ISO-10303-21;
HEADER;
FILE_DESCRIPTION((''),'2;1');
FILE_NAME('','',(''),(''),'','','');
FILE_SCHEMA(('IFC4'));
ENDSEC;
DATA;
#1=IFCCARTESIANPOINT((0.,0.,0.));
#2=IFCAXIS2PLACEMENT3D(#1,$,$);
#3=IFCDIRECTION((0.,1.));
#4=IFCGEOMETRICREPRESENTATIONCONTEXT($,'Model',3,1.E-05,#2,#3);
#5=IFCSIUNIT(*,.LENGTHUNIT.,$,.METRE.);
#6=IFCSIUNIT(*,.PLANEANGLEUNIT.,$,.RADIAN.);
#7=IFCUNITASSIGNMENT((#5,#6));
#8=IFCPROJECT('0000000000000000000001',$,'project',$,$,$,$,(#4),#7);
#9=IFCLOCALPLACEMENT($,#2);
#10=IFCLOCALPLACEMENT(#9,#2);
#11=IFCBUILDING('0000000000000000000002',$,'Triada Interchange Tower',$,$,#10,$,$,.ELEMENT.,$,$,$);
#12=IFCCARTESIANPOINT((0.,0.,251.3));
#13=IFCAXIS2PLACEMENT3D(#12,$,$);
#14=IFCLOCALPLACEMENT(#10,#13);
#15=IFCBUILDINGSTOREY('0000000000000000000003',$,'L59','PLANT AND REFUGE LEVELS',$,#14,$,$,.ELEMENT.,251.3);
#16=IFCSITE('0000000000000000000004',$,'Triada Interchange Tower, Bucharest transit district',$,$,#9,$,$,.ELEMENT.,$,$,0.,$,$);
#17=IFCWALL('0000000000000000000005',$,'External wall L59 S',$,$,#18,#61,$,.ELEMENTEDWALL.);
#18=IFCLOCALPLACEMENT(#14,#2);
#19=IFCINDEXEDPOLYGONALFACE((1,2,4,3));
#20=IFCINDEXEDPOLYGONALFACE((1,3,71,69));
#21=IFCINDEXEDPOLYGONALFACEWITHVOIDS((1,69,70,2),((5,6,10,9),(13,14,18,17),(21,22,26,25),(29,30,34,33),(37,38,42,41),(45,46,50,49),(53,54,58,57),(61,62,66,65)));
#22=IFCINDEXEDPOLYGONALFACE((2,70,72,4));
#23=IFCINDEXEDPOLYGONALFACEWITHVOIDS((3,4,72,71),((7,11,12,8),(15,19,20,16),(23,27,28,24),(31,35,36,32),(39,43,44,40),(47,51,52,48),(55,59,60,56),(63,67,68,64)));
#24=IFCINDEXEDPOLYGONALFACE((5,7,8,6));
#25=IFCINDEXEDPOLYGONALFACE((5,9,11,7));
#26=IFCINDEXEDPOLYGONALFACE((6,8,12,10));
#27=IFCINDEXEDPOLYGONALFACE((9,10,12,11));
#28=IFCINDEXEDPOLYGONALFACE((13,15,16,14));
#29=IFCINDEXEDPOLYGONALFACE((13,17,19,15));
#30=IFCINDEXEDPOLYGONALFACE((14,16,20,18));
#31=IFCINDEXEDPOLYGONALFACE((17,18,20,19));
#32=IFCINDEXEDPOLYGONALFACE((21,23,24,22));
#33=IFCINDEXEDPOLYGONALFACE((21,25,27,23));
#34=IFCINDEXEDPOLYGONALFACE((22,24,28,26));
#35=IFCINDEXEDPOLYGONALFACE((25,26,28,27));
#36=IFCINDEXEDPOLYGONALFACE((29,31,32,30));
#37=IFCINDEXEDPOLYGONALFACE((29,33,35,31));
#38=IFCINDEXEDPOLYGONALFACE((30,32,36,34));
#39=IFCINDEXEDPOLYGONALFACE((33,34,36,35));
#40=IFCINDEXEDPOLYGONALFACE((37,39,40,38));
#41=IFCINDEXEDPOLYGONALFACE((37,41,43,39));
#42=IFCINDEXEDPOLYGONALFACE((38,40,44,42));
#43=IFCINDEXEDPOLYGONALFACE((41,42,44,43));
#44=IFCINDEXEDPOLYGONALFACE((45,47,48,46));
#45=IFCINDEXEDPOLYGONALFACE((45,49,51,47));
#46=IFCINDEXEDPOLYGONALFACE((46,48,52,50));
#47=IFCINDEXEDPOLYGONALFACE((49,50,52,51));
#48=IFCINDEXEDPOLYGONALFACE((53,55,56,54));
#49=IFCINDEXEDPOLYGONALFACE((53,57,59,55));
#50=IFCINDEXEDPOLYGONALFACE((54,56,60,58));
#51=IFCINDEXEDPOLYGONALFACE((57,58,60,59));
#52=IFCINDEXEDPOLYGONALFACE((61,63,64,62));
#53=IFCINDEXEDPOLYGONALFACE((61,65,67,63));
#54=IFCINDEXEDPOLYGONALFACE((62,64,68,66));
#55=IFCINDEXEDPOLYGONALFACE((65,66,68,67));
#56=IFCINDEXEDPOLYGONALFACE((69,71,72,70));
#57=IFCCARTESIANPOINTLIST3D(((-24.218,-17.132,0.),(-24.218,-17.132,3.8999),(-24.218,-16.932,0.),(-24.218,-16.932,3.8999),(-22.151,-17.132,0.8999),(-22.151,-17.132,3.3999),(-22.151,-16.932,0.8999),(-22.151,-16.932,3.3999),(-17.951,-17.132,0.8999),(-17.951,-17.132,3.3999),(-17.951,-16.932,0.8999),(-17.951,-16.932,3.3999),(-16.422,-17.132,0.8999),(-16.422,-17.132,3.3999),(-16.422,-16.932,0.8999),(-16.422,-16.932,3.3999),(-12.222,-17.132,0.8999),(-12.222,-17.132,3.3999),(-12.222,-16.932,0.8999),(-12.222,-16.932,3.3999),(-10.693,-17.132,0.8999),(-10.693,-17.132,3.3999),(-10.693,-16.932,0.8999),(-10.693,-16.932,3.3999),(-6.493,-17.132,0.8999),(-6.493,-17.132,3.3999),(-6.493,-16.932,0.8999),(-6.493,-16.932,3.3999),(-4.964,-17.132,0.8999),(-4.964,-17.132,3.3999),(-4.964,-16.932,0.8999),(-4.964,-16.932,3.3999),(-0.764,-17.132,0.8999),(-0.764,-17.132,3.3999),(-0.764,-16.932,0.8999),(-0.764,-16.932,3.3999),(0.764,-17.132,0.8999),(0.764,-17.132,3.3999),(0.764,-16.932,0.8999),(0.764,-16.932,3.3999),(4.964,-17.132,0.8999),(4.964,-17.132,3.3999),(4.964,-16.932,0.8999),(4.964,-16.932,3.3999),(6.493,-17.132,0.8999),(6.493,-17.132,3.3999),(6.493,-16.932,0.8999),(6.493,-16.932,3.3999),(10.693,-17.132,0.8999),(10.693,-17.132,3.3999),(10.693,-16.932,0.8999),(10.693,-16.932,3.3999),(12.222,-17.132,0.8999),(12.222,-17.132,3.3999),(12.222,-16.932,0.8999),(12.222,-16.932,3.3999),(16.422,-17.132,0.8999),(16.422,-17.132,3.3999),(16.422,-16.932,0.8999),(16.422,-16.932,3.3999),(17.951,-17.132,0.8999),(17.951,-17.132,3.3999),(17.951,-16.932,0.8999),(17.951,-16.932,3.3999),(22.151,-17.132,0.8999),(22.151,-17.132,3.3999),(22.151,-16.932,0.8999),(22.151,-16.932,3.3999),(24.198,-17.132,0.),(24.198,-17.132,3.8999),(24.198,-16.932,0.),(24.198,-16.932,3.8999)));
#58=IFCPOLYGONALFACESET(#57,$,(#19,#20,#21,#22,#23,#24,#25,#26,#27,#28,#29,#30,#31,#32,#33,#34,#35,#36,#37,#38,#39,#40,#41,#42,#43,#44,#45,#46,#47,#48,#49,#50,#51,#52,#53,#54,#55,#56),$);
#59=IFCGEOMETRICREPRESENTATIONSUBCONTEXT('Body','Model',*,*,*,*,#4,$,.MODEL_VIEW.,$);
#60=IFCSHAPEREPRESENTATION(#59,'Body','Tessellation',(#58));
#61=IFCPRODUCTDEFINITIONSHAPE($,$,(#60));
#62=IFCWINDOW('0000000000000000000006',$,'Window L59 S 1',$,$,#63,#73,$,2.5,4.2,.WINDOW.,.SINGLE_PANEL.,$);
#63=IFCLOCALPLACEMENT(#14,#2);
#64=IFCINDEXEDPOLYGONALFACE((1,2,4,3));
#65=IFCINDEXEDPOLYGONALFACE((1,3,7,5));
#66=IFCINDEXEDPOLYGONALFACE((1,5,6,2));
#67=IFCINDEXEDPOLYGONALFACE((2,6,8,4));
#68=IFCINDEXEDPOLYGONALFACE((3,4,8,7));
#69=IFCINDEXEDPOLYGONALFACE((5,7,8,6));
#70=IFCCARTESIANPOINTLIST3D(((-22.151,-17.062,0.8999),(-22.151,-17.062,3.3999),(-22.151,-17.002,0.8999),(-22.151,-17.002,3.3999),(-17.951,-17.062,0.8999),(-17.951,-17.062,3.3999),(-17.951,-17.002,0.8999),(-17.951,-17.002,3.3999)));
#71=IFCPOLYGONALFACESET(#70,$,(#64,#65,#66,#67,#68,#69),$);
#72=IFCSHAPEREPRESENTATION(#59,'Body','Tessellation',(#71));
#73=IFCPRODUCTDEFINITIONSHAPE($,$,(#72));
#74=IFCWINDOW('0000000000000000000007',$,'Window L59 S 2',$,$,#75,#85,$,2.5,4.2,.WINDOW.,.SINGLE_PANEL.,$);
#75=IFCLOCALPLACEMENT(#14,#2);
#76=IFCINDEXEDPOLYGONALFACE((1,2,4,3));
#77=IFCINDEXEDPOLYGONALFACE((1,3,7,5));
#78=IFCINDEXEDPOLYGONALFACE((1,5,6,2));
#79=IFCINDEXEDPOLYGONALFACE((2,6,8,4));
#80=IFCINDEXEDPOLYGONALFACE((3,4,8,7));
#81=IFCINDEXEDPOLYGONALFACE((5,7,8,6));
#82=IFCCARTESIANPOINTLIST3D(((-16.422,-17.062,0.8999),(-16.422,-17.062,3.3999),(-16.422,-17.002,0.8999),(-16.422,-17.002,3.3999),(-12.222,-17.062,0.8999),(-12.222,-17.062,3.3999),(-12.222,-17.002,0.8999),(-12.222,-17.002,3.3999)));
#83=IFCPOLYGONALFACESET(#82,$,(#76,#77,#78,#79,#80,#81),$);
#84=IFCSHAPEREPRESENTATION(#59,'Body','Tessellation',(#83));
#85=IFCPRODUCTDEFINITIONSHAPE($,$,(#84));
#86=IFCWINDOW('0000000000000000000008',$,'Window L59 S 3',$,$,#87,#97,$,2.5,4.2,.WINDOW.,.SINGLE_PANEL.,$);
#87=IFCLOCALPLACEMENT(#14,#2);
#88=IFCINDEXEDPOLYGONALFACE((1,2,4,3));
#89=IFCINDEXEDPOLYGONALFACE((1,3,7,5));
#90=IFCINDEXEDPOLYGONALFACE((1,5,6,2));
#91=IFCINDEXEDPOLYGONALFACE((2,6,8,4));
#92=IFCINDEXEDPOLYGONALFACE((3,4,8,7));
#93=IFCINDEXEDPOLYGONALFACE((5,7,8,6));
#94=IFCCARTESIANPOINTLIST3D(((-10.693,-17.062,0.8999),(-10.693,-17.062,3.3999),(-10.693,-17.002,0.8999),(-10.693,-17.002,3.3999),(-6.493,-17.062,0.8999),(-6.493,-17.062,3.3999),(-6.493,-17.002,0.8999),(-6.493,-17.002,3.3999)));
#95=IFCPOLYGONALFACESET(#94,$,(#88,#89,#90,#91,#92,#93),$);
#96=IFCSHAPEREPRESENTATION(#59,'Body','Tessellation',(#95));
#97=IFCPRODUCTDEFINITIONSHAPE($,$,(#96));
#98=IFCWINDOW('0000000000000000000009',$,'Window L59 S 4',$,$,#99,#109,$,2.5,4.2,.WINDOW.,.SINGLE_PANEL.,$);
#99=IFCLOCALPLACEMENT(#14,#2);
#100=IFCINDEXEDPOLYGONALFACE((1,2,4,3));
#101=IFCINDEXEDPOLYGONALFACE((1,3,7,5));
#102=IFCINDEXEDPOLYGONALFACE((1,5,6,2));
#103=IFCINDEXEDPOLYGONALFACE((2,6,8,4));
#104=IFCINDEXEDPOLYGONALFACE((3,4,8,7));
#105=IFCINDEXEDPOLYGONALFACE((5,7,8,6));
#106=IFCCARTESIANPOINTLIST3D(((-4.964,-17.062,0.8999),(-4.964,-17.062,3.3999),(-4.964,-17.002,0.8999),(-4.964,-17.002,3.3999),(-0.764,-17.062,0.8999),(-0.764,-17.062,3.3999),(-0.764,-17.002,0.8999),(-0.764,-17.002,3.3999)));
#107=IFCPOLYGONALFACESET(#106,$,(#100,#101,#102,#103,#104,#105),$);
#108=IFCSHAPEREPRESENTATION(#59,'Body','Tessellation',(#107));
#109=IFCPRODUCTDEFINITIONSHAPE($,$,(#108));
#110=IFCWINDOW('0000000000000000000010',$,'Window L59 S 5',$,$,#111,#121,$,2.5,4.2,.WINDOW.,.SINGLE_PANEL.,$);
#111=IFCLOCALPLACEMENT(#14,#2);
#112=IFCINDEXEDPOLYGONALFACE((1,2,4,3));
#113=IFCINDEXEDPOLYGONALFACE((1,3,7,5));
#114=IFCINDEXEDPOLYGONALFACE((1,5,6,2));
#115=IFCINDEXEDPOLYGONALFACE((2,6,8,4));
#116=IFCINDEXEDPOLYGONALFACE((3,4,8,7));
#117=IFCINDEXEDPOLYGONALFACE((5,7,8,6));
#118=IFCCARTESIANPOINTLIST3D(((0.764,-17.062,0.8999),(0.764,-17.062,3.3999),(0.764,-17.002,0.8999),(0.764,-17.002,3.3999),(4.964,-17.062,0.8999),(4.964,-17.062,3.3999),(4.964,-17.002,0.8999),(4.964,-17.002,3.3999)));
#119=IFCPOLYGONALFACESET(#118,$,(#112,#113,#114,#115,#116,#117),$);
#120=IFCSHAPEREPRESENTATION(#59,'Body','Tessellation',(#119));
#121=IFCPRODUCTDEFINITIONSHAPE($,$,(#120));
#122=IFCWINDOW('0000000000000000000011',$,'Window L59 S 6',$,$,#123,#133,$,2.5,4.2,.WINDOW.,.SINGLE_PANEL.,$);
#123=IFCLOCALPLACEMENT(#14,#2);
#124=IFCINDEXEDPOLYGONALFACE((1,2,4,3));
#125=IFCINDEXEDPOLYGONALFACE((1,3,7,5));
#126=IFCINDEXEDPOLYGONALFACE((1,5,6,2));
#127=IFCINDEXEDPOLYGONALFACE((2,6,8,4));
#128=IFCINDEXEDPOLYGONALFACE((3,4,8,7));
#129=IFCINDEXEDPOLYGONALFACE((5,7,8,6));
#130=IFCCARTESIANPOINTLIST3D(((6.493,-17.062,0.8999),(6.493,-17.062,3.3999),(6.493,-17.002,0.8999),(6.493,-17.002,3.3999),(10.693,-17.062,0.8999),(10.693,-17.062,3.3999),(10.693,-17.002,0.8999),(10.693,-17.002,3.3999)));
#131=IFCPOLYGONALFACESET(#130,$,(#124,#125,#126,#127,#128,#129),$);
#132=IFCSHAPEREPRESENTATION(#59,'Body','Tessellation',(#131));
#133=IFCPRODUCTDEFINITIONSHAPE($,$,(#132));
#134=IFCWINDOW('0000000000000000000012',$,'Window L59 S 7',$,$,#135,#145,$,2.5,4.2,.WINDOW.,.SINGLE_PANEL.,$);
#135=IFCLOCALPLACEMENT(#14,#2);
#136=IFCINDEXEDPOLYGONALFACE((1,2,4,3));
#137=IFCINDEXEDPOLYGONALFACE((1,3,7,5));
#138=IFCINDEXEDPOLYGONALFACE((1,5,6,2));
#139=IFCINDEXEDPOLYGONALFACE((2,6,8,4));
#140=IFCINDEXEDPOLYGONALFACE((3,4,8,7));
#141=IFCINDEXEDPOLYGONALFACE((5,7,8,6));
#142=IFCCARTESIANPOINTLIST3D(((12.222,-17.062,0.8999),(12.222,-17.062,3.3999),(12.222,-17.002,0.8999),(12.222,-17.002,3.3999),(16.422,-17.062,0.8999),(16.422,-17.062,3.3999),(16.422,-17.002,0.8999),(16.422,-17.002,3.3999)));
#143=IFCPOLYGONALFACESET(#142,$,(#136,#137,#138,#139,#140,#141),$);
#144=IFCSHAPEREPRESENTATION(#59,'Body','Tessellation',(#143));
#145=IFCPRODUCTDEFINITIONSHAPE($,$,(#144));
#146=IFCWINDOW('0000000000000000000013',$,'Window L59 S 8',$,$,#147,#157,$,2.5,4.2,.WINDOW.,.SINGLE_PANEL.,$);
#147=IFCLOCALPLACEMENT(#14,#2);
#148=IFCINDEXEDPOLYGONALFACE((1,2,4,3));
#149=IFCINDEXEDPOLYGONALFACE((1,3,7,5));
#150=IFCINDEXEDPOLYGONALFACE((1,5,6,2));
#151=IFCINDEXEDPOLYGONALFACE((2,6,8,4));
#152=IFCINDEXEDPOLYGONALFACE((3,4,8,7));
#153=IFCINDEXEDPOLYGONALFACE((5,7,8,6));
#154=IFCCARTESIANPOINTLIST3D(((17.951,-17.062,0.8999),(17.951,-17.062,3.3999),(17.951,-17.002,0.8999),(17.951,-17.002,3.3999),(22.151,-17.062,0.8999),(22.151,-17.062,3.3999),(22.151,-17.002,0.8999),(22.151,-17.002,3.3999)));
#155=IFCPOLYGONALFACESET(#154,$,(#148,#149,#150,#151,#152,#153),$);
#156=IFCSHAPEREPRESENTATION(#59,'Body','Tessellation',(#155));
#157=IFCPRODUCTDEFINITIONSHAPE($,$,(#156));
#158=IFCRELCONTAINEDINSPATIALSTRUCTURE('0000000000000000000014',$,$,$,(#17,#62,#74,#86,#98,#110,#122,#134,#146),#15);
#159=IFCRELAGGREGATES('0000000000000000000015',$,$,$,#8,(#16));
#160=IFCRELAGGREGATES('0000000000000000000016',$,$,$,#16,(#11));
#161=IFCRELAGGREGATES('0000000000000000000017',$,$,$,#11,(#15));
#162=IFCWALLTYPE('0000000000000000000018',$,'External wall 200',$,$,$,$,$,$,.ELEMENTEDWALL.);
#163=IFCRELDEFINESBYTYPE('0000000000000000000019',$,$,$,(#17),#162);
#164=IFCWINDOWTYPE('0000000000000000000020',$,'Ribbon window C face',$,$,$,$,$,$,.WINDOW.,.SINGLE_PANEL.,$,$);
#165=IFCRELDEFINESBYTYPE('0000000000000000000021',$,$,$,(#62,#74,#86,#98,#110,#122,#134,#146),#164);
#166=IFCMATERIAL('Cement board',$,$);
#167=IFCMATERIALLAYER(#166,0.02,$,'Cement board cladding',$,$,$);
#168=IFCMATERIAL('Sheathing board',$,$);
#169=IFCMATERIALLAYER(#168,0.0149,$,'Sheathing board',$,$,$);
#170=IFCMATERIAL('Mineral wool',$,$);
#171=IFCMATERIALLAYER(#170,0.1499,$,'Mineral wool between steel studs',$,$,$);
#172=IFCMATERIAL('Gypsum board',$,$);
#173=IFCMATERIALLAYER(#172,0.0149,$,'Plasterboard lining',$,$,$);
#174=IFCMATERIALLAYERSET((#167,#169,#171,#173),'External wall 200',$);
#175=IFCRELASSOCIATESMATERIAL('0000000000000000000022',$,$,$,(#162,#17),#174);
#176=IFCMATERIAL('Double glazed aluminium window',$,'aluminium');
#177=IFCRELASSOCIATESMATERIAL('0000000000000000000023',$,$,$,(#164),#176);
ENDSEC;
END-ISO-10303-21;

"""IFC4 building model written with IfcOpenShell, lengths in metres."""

from ifc_helpers import new_model, si_unit, direction, frame, frame_2d, origin, place, context, subcontext, project, spatial, rectangle, extrude, material, layer, layer_set, layer_usage, type_object, element, fill, save


model = new_model("IFC4")

# Units and contexts
model_context = context("Model", 3, precision=1e-05, world=origin(), true_north=direction((0.0, 1.0)))
body_context = subcontext(model_context, "Body", "Model", "MODEL_VIEW")
ifc_project = project(units=[si_unit("LENGTHUNIT", "METRE"), si_unit("PLANEANGLEUNIT", "RADIAN")], contexts=[model_context])

# Site, building, storey
site_placement = place(None, origin())
site = spatial("IfcSite", under=ifc_project, at=site_placement, Name="Triada Interchange Tower, Bucharest transit district", CompositionType="ELEMENT", RefElevation=0.0)
building_placement = place(site_placement, origin())
building = spatial("IfcBuilding", under=site, at=building_placement, Name="Triada Interchange Tower", CompositionType="ELEMENT")
storey_placement = place(building_placement, frame((0.0, 0.0, 251.3)))
storey = spatial("IfcBuildingStorey", under=building, at=storey_placement, Name="L59", Description="PLANT AND REFUGE LEVELS", CompositionType="ELEMENT", Elevation=251.3)

# Wall, openings, windows
ifc_material_1 = material(Name="Cement board")
ifc_layer_1 = layer(ifc_material_1, 0.02, Name="Cement board cladding")
ifc_material_2 = material(Name="Sheathing board")
ifc_layer_2 = layer(ifc_material_2, 0.0149, Name="Sheathing board")
ifc_material_3 = material(Name="Mineral wool")
ifc_layer_3 = layer(ifc_material_3, 0.1499, Name="Mineral wool between steel studs")
ifc_material_4 = material(Name="Gypsum board")
ifc_layer_4 = layer(ifc_material_4, 0.0149, Name="Plasterboard lining")
ifc_layer_set_1 = layer_set([ifc_layer_1, ifc_layer_2, ifc_layer_3, ifc_layer_4], Name="External wall 200")
ifc_layer_usage = layer_usage(ifc_layer_set_1, "AXIS2", "POSITIVE", -0.1001)
wall_type_1 = type_object("IfcWallType", Name="External wall 200", PredefinedType="ELEMENTEDWALL", material=ifc_layer_set_1)
wall_1_placement = place(storey_placement, frame((-24.218, -17.032, 0.0), z_axis=(0.0, 0.0, 1.0), x_axis=(1.0, 0.0, 0.0)))
wall_1 = element("IfcWall", 1, at=wall_1_placement, inside=storey, type_object=wall_type_1, material=ifc_layer_usage, Name="External wall L59 S", PredefinedType="ELEMENTEDWALL", context=body_context, shape_type="SweptSolid", body=[
    extrude(rectangle(XDim=48.416, YDim=0.2, at=frame_2d((24.208, 0.0))), origin(), (0.0, 0.0, 1.0), 3.8999),
])
opening_1_placement = place(wall_1_placement, frame((2.0669, 0.0, 0.8999)))
opening_1 = element("IfcOpeningElement", 2, at=opening_1_placement, cuts=wall_1, PredefinedType="OPENING", context=body_context, shape_type="SweptSolid", body=[
    extrude(rectangle(XDim=4.2, YDim=2.5, at=frame_2d((2.1001, 1.25))), frame((0.0, 0.1099, 0.0), z_axis=(0.0, -1.0, 0.0), x_axis=(1.0, 0.0, 0.0)), (0.0, 0.0, 1.0), 0.22),
])
opening_2_placement = place(wall_1_placement, frame((7.7959, 0.0, 0.8999)))
opening_2 = element("IfcOpeningElement", 3, at=opening_2_placement, cuts=wall_1, PredefinedType="OPENING", context=body_context, shape_type="SweptSolid", body=[
    extrude(rectangle(XDim=4.2, YDim=2.5, at=frame_2d((2.1001, 1.25))), frame((0.0, 0.1099, 0.0), z_axis=(0.0, -1.0, 0.0), x_axis=(1.0, 0.0, 0.0)), (0.0, 0.0, 1.0), 0.22),
])
opening_3_placement = place(wall_1_placement, frame((13.5249, 0.0, 0.8999)))
opening_3 = element("IfcOpeningElement", 4, at=opening_3_placement, cuts=wall_1, PredefinedType="OPENING", context=body_context, shape_type="SweptSolid", body=[
    extrude(rectangle(XDim=4.2, YDim=2.5, at=frame_2d((2.1001, 1.25))), frame((0.0, 0.1099, 0.0), z_axis=(0.0, -1.0, 0.0), x_axis=(1.0, 0.0, 0.0)), (0.0, 0.0, 1.0), 0.22),
])
opening_4_placement = place(wall_1_placement, frame((19.2539, 0.0, 0.8999)))
opening_4 = element("IfcOpeningElement", 5, at=opening_4_placement, cuts=wall_1, PredefinedType="OPENING", context=body_context, shape_type="SweptSolid", body=[
    extrude(rectangle(XDim=4.2, YDim=2.5, at=frame_2d((2.1001, 1.25))), frame((0.0, 0.1099, 0.0), z_axis=(0.0, -1.0, 0.0), x_axis=(1.0, 0.0, 0.0)), (0.0, 0.0, 1.0), 0.22),
])
opening_5_placement = place(wall_1_placement, frame((24.9819, 0.0, 0.8999)))
opening_5 = element("IfcOpeningElement", 6, at=opening_5_placement, cuts=wall_1, PredefinedType="OPENING", context=body_context, shape_type="SweptSolid", body=[
    extrude(rectangle(XDim=4.2, YDim=2.5, at=frame_2d((2.1001, 1.25))), frame((0.0, 0.1099, 0.0), z_axis=(0.0, -1.0, 0.0), x_axis=(1.0, 0.0, 0.0)), (0.0, 0.0, 1.0), 0.22),
])
opening_6_placement = place(wall_1_placement, frame((30.7109, 0.0, 0.8999)))
opening_6 = element("IfcOpeningElement", 7, at=opening_6_placement, cuts=wall_1, PredefinedType="OPENING", context=body_context, shape_type="SweptSolid", body=[
    extrude(rectangle(XDim=4.2, YDim=2.5, at=frame_2d((2.1001, 1.25))), frame((0.0, 0.1099, 0.0), z_axis=(0.0, -1.0, 0.0), x_axis=(1.0, 0.0, 0.0)), (0.0, 0.0, 1.0), 0.22),
])
opening_7_placement = place(wall_1_placement, frame((36.4399, 0.0, 0.8999)))
opening_7 = element("IfcOpeningElement", 8, at=opening_7_placement, cuts=wall_1, PredefinedType="OPENING", context=body_context, shape_type="SweptSolid", body=[
    extrude(rectangle(XDim=4.2, YDim=2.5, at=frame_2d((2.1001, 1.25))), frame((0.0, 0.1099, 0.0), z_axis=(0.0, -1.0, 0.0), x_axis=(1.0, 0.0, 0.0)), (0.0, 0.0, 1.0), 0.22),
])
opening_8_placement = place(wall_1_placement, frame((42.1689, 0.0, 0.8999)))
opening_8 = element("IfcOpeningElement", 9, at=opening_8_placement, cuts=wall_1, PredefinedType="OPENING", context=body_context, shape_type="SweptSolid", body=[
    extrude(rectangle(XDim=4.2, YDim=2.5, at=frame_2d((2.1001, 1.25))), frame((0.0, 0.1099, 0.0), z_axis=(0.0, -1.0, 0.0), x_axis=(1.0, 0.0, 0.0)), (0.0, 0.0, 1.0), 0.22),
])
ifc_material_5 = material(Name="Double glazed aluminium window", Category="aluminium")
window_type = type_object("IfcWindowType", Name="Ribbon window C face", PartitioningType="SINGLE_PANEL", PredefinedType="WINDOW", material=ifc_material_5)
window_1_placement = place(opening_1_placement, origin())
window_1 = element("IfcWindow", 10, at=window_1_placement, inside=storey, type_object=window_type, Name="Window L59 S 1", OverallHeight=2.5, OverallWidth=4.2, PartitioningType="SINGLE_PANEL", PredefinedType="WINDOW", context=body_context, shape_type="SweptSolid", body=[
    extrude(rectangle(XDim=4.2, YDim=2.5, at=frame_2d((2.1001, 1.25))), frame((0.0, 0.03, 0.0), z_axis=(0.0, -1.0, 0.0), x_axis=(1.0, 0.0, 0.0)), (0.0, 0.0, 1.0), 0.0601),
])
fill(opening_1, window_1)
window_2_placement = place(opening_2_placement, origin())
window_2 = element("IfcWindow", 11, at=window_2_placement, inside=storey, type_object=window_type, Name="Window L59 S 2", OverallHeight=2.5, OverallWidth=4.2, PartitioningType="SINGLE_PANEL", PredefinedType="WINDOW", context=body_context, shape_type="SweptSolid", body=[
    extrude(rectangle(XDim=4.2, YDim=2.5, at=frame_2d((2.1001, 1.25))), frame((0.0, 0.03, 0.0), z_axis=(0.0, -1.0, 0.0), x_axis=(1.0, 0.0, 0.0)), (0.0, 0.0, 1.0), 0.0601),
])
fill(opening_2, window_2)
window_3_placement = place(opening_3_placement, origin())
window_3 = element("IfcWindow", 12, at=window_3_placement, inside=storey, type_object=window_type, Name="Window L59 S 3", OverallHeight=2.5, OverallWidth=4.2, PartitioningType="SINGLE_PANEL", PredefinedType="WINDOW", context=body_context, shape_type="SweptSolid", body=[
    extrude(rectangle(XDim=4.2, YDim=2.5, at=frame_2d((2.1001, 1.25))), frame((0.0, 0.03, 0.0), z_axis=(0.0, -1.0, 0.0), x_axis=(1.0, 0.0, 0.0)), (0.0, 0.0, 1.0), 0.0601),
])
fill(opening_3, window_3)
window_4_placement = place(opening_4_placement, origin())
window_4 = element("IfcWindow", 13, at=window_4_placement, inside=storey, type_object=window_type, Name="Window L59 S 4", OverallHeight=2.5, OverallWidth=4.2, PartitioningType="SINGLE_PANEL", PredefinedType="WINDOW", context=body_context, shape_type="SweptSolid", body=[
    extrude(rectangle(XDim=4.2, YDim=2.5, at=frame_2d((2.1001, 1.25))), frame((0.0, 0.03, 0.0), z_axis=(0.0, -1.0, 0.0), x_axis=(1.0, 0.0, 0.0)), (0.0, 0.0, 1.0), 0.0601),
])
fill(opening_4, window_4)
window_5_placement = place(opening_5_placement, origin())
window_5 = element("IfcWindow", 14, at=window_5_placement, inside=storey, type_object=window_type, Name="Window L59 S 5", OverallHeight=2.5, OverallWidth=4.2, PartitioningType="SINGLE_PANEL", PredefinedType="WINDOW", context=body_context, shape_type="SweptSolid", body=[
    extrude(rectangle(XDim=4.2, YDim=2.5, at=frame_2d((2.1001, 1.25))), frame((0.0, 0.03, 0.0), z_axis=(0.0, -1.0, 0.0), x_axis=(1.0, 0.0, 0.0)), (0.0, 0.0, 1.0), 0.0601),
])
fill(opening_5, window_5)
window_6_placement = place(opening_6_placement, origin())
window_6 = element("IfcWindow", 15, at=window_6_placement, inside=storey, type_object=window_type, Name="Window L59 S 6", OverallHeight=2.5, OverallWidth=4.2, PartitioningType="SINGLE_PANEL", PredefinedType="WINDOW", context=body_context, shape_type="SweptSolid", body=[
    extrude(rectangle(XDim=4.2, YDim=2.5, at=frame_2d((2.1001, 1.25))), frame((0.0, 0.03, 0.0), z_axis=(0.0, -1.0, 0.0), x_axis=(1.0, 0.0, 0.0)), (0.0, 0.0, 1.0), 0.0601),
])
fill(opening_6, window_6)
window_7_placement = place(opening_7_placement, origin())
window_7 = element("IfcWindow", 16, at=window_7_placement, inside=storey, type_object=window_type, Name="Window L59 S 7", OverallHeight=2.5, OverallWidth=4.2, PartitioningType="SINGLE_PANEL", PredefinedType="WINDOW", context=body_context, shape_type="SweptSolid", body=[
    extrude(rectangle(XDim=4.2, YDim=2.5, at=frame_2d((2.1001, 1.25))), frame((0.0, 0.03, 0.0), z_axis=(0.0, -1.0, 0.0), x_axis=(1.0, 0.0, 0.0)), (0.0, 0.0, 1.0), 0.0601),
])
fill(opening_7, window_7)
window_8_placement = place(opening_8_placement, origin())
window_8 = element("IfcWindow", 17, at=window_8_placement, inside=storey, type_object=window_type, Name="Window L59 S 8", OverallHeight=2.5, OverallWidth=4.2, PartitioningType="SINGLE_PANEL", PredefinedType="WINDOW", context=body_context, shape_type="SweptSolid", body=[
    extrude(rectangle(XDim=4.2, YDim=2.5, at=frame_2d((2.1001, 1.25))), frame((0.0, 0.03, 0.0), z_axis=(0.0, -1.0, 0.0), x_axis=(1.0, 0.0, 0.0)), (0.0, 0.0, 1.0), 0.0601),
])
fill(opening_8, window_8)

save(model, "model.ifc")
